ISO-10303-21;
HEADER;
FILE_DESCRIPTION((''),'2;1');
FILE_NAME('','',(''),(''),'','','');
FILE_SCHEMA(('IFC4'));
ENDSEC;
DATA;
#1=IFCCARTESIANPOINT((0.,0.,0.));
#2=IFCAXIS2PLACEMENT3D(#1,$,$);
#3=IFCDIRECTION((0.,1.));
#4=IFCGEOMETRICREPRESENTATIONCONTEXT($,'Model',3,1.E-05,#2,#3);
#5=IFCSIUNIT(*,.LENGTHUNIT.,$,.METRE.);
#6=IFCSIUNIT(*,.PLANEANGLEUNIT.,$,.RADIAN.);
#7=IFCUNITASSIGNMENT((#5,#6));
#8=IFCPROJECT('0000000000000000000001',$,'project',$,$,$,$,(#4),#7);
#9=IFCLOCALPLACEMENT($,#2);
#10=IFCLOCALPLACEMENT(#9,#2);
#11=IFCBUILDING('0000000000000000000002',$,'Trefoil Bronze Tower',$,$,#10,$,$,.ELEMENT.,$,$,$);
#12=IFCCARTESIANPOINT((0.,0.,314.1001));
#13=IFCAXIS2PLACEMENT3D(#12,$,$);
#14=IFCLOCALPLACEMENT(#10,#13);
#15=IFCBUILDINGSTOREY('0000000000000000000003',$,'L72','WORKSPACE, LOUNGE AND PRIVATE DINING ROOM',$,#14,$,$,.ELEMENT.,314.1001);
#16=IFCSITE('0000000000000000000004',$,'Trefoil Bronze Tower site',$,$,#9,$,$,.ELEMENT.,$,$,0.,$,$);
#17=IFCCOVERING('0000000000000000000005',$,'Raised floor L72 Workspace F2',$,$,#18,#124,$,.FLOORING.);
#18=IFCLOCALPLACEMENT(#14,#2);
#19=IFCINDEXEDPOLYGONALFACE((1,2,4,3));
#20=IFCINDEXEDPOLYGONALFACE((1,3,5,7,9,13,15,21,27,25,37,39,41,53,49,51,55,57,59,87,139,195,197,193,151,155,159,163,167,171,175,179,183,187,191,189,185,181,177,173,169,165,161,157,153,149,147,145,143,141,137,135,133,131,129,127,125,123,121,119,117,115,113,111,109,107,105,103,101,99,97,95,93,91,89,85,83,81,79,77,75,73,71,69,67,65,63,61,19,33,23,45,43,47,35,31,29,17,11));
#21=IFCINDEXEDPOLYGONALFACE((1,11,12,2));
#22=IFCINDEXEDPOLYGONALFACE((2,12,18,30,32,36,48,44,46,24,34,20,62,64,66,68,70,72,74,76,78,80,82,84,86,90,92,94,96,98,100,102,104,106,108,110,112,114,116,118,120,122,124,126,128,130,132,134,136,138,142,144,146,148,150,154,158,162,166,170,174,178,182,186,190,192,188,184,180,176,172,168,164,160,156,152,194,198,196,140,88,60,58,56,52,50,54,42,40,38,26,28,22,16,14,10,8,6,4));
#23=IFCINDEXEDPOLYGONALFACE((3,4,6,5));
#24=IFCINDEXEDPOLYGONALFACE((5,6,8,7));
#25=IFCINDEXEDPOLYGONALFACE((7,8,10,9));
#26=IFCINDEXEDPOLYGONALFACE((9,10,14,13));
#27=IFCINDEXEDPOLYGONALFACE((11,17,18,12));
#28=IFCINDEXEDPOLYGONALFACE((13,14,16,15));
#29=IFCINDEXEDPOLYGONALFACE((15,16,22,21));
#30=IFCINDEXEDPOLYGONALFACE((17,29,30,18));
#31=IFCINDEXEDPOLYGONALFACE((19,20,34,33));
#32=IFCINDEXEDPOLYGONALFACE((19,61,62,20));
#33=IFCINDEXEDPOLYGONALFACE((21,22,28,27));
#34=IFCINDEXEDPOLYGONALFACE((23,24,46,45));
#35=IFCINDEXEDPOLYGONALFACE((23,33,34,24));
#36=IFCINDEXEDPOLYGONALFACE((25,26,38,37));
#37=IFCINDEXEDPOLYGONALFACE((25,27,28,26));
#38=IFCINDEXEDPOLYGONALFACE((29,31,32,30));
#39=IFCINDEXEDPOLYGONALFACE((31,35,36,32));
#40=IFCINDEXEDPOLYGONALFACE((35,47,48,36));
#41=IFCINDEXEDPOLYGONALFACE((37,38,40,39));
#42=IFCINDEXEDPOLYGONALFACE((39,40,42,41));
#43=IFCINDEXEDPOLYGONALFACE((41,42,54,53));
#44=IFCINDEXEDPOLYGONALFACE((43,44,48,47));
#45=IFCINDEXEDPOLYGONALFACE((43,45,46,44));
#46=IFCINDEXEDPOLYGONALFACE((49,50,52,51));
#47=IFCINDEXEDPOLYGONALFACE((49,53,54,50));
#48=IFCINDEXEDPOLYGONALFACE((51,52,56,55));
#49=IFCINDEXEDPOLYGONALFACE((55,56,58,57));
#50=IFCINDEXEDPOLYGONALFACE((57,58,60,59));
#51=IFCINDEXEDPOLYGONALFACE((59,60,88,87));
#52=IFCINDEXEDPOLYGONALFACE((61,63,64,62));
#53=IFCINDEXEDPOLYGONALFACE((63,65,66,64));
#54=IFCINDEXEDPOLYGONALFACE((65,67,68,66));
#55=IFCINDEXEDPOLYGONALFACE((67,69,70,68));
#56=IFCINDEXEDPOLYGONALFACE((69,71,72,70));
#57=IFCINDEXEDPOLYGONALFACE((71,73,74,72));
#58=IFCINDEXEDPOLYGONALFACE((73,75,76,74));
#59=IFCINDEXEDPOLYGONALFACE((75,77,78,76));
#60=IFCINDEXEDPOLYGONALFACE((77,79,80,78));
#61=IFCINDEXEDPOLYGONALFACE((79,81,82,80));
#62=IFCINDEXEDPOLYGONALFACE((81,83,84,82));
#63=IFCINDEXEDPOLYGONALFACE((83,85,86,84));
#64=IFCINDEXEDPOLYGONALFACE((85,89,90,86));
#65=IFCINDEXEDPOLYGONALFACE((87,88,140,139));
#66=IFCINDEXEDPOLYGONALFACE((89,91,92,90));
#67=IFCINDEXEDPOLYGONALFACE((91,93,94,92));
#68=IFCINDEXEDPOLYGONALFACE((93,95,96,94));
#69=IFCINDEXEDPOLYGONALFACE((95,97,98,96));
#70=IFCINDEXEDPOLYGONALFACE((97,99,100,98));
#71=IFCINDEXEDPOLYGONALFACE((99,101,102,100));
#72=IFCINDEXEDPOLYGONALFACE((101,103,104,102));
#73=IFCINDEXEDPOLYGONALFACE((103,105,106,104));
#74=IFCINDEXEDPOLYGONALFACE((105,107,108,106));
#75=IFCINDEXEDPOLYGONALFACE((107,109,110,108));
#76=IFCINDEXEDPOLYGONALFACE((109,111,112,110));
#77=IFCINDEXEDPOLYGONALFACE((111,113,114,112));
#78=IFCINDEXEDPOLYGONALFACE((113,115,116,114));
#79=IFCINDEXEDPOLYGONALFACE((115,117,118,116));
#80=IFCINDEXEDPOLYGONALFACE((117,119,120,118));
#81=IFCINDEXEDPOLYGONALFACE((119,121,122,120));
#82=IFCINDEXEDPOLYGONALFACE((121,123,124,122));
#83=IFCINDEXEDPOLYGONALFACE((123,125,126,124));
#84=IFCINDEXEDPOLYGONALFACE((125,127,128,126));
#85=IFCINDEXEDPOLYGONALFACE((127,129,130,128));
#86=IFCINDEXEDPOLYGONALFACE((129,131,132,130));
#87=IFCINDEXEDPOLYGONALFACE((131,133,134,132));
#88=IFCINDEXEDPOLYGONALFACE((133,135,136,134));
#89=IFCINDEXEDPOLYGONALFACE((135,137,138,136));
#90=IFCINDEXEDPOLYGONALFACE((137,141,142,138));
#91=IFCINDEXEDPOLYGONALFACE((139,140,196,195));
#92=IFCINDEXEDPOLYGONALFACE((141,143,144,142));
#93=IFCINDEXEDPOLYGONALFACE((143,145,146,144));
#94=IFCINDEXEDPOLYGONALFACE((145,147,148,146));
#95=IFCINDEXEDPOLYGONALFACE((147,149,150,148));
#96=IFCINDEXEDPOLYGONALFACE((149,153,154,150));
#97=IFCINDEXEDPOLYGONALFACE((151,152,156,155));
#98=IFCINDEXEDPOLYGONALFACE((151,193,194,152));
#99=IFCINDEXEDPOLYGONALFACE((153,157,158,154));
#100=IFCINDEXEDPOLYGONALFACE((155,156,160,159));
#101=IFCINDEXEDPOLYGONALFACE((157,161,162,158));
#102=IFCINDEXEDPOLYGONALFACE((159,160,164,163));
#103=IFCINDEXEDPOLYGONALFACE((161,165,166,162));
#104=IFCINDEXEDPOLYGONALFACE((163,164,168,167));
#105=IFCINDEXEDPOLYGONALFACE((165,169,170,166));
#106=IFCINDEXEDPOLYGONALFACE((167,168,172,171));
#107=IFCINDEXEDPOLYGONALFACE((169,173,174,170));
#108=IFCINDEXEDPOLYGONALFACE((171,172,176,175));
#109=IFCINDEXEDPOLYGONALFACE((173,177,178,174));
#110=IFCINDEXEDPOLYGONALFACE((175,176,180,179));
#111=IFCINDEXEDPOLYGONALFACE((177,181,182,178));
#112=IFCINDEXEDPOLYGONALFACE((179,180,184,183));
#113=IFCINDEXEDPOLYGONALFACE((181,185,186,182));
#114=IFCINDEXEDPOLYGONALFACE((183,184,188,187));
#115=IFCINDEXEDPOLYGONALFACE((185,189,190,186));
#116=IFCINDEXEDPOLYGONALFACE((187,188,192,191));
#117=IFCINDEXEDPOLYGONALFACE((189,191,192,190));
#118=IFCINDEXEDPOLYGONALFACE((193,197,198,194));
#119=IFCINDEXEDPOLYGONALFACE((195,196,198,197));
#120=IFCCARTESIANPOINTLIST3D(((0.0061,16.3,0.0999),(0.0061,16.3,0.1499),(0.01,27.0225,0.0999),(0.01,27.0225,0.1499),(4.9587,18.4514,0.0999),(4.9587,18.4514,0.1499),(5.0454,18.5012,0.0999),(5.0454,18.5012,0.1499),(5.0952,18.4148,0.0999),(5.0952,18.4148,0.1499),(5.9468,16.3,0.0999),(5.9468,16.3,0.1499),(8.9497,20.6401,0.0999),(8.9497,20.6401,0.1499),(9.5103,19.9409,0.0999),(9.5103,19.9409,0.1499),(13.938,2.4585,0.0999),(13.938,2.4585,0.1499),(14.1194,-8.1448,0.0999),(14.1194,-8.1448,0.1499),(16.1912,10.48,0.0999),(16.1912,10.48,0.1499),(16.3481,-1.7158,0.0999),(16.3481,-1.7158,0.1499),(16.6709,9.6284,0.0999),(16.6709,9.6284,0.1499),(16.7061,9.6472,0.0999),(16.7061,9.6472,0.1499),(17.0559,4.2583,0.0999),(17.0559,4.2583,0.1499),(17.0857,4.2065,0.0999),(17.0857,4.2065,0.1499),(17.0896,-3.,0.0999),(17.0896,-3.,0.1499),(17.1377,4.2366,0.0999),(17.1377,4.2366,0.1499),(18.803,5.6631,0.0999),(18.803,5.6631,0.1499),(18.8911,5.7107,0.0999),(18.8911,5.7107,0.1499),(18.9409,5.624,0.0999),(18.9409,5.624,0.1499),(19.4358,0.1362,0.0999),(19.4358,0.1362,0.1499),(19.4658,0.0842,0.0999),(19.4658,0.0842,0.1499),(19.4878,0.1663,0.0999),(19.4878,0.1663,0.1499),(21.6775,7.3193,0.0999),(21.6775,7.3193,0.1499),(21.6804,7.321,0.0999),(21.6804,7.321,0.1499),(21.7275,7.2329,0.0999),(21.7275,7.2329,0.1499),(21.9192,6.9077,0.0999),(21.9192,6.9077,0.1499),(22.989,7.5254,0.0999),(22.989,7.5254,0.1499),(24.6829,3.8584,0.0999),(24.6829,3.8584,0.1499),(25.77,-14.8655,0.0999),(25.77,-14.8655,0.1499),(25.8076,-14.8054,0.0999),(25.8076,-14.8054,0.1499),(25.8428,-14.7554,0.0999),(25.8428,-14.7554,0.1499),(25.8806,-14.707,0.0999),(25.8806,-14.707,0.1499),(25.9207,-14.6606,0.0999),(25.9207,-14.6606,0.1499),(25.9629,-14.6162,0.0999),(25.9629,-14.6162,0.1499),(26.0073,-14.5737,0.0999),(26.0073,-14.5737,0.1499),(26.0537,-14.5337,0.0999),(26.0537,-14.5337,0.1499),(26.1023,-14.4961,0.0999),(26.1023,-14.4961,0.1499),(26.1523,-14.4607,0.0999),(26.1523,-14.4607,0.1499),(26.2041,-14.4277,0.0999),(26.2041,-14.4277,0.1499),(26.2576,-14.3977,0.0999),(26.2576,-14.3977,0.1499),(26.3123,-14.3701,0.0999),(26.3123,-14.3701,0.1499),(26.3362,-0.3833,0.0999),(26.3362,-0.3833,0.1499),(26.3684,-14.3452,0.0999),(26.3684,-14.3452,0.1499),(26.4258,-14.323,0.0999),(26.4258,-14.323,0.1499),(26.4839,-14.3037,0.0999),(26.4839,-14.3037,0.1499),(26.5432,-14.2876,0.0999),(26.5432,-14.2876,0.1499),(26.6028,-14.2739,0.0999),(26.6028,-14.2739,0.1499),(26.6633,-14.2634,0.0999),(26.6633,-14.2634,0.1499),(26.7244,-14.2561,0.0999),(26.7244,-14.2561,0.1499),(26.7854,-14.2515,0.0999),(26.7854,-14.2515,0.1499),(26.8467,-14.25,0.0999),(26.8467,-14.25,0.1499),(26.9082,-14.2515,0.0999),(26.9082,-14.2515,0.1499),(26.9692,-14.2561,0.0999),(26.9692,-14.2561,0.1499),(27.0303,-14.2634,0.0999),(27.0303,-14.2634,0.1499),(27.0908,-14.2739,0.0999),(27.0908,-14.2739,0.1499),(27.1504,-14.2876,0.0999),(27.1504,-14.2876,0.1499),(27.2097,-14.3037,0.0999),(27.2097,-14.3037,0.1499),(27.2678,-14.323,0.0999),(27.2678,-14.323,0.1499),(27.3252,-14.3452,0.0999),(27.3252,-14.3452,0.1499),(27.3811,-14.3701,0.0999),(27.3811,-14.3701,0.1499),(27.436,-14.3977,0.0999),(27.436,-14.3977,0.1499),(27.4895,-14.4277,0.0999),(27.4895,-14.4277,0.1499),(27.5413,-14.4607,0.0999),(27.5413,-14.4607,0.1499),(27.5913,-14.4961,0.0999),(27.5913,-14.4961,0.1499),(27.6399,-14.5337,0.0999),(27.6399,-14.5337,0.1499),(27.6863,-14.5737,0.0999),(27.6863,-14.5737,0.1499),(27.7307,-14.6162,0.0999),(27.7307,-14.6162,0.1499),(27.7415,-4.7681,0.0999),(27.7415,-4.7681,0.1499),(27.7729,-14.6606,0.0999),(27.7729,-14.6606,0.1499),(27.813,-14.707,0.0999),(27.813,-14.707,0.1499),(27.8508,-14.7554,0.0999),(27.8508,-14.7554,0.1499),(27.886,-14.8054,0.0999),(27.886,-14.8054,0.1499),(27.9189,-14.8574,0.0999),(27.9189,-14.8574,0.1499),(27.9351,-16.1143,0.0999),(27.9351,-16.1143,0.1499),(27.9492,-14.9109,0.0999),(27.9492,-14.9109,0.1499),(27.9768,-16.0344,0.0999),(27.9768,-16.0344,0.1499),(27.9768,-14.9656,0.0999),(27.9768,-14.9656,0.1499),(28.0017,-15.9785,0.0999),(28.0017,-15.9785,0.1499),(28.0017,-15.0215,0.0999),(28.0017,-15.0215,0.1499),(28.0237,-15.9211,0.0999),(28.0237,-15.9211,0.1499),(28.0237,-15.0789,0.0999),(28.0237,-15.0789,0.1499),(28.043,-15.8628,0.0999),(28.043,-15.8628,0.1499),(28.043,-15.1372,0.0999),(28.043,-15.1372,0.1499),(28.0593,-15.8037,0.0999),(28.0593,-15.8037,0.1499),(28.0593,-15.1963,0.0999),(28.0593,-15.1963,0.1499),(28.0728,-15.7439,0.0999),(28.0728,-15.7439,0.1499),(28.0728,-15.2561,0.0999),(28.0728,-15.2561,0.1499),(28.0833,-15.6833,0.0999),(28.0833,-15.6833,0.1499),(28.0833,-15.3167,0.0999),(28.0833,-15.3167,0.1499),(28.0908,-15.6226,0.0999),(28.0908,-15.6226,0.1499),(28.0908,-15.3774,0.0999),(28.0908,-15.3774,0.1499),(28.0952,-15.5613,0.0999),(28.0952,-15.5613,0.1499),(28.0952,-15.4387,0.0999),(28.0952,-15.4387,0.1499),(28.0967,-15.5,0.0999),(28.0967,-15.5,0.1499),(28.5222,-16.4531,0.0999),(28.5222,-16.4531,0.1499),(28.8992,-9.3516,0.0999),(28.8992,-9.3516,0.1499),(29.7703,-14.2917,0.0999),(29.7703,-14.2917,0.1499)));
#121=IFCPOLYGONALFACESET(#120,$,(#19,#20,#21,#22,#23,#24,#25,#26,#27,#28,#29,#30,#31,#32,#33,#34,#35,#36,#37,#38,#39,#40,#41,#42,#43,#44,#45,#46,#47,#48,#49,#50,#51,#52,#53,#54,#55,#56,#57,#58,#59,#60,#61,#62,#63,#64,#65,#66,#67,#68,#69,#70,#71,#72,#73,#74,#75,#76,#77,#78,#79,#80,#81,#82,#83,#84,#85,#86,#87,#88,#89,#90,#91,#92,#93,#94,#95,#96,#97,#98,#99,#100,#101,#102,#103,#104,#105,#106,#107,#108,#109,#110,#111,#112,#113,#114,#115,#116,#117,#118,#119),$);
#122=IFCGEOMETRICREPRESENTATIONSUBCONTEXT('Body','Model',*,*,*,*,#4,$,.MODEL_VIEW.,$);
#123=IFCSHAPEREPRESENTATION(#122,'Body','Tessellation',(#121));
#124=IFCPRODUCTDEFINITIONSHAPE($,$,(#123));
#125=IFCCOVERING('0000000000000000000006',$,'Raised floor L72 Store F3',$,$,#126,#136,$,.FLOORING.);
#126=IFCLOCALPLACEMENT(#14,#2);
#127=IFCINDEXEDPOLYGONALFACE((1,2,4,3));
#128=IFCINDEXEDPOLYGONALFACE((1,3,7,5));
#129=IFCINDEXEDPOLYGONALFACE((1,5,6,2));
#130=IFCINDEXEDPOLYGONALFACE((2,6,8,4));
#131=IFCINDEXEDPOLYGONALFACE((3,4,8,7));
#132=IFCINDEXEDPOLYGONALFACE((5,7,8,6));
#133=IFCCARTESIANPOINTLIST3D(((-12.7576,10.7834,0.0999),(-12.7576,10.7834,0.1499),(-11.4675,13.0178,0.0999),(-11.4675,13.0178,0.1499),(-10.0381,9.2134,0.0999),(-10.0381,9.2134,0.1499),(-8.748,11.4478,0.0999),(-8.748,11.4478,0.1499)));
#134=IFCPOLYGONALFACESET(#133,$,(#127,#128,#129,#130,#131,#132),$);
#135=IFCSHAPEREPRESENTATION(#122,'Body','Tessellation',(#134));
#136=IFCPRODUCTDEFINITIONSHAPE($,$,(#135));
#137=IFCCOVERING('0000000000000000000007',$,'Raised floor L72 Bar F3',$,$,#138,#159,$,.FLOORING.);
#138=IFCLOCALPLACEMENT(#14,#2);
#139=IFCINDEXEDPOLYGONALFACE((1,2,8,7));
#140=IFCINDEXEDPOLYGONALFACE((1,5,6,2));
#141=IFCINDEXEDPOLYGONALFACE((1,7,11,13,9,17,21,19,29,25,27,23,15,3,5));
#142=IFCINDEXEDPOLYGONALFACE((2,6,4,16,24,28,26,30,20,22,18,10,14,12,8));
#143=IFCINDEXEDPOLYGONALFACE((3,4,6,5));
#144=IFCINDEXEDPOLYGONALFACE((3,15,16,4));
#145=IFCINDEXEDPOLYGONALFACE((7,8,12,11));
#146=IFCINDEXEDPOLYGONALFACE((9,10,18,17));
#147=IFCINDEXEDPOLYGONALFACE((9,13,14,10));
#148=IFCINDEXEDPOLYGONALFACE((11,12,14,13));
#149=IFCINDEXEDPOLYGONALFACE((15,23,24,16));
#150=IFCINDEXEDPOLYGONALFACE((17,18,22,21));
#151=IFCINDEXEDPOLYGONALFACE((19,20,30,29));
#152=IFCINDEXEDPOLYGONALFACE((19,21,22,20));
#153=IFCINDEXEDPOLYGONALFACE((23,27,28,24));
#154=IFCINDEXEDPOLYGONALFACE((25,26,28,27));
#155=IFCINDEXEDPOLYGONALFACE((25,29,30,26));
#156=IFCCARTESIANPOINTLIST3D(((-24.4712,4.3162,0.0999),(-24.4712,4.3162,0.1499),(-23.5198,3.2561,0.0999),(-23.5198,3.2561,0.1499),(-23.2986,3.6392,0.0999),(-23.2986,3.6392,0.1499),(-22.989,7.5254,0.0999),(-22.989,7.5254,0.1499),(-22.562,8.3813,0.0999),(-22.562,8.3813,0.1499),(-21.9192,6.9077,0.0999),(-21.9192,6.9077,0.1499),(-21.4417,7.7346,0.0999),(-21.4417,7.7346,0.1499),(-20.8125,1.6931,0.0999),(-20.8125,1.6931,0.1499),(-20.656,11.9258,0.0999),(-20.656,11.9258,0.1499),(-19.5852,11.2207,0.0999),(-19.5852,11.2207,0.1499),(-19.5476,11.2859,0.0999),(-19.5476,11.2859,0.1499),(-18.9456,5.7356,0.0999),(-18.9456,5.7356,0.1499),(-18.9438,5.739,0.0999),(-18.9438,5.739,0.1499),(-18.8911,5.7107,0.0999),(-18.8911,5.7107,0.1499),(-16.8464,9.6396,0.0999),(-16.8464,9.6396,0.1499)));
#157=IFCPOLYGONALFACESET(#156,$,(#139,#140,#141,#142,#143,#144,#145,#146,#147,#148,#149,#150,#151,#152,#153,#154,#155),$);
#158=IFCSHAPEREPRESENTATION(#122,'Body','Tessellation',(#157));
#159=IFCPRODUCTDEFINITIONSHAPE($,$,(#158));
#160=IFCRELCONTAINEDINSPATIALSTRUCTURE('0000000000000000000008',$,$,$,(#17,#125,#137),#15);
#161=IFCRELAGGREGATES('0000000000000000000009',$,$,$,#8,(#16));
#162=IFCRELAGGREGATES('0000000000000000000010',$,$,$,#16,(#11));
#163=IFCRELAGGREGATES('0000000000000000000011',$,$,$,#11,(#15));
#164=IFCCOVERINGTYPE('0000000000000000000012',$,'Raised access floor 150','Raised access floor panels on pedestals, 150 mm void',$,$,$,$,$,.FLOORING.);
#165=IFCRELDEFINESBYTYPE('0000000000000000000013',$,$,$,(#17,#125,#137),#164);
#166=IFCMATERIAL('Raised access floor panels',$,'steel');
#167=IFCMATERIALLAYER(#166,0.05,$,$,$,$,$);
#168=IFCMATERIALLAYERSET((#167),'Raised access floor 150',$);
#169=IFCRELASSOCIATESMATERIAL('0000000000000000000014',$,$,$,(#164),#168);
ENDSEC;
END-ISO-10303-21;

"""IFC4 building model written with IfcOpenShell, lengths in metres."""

from ifc_helpers import new_model, si_unit, direction, frame, origin, place, context, subcontext, project, spatial, polyline, outline, extrude, material, layer, layer_set, type_object, element, save


model = new_model("IFC4")

# Units and contexts
model_context = context("Model", 3, precision=1e-05, world=origin(), true_north=direction((0.0, 1.0)))
body_context = subcontext(model_context, "Body", "Model", "MODEL_VIEW")
ifc_project = project(units=[si_unit("LENGTHUNIT", "METRE"), si_unit("PLANEANGLEUNIT", "RADIAN")], contexts=[model_context])

# Site, building, storey
site_placement = place(None, origin())
site = spatial("IfcSite", under=ifc_project, at=site_placement, Name="Trefoil Bronze Tower site", CompositionType="ELEMENT", RefElevation=0.0)
building_placement = place(site_placement, origin())
building = spatial("IfcBuilding", under=site, at=building_placement, Name="Trefoil Bronze Tower", CompositionType="ELEMENT")
storey_placement = place(building_placement, frame((0.0, 0.0, 314.1001)))
storey = spatial("IfcBuildingStorey", under=building, at=storey_placement, Name="L72", Description="WORKSPACE, LOUNGE AND PRIVATE DINING ROOM", CompositionType="ELEMENT", Elevation=314.1001)

# Coverings
ifc_material_1 = material(Name="Raised access floor panels", Category="steel")
ifc_layer_1 = layer(ifc_material_1, 0.05)
ifc_layer_set_1 = layer_set([ifc_layer_1], Name="Raised access floor 150")
covering_type_1 = type_object("IfcCoveringType", Name="Raised access floor 150", Description="Raised access floor panels on pedestals, 150 mm void", PredefinedType="FLOORING", material=ifc_layer_set_1)
covering_1_placement = place(storey_placement, frame((0.0, 0.0, 0.0999)))
element("IfcCovering", 1, at=covering_1_placement, inside=storey, type_object=covering_type_1, Name="Raised floor L72 Workspace F2", PredefinedType="FLOORING", context=body_context, shape_type="SweptSolid", body=[
    extrude(outline(polyline([(14.1194, -8.1448), (17.0896, -3.0), (16.3481, -1.7158), (19.4658, 0.0842), (19.4358, 0.1362), (19.4878, 0.1663), (17.1377, 4.2366), (17.0857, 4.2065), (17.0559, 4.2583), (13.938, 2.4585), (5.9468, 16.3), (0.0061, 16.3), (0.01, 27.0225), (4.9587, 18.4514), (5.0454, 18.5012), (5.0952, 18.4148), (8.9497, 20.6401), (9.5103, 19.9409), (16.1912, 10.48), (16.7061, 9.6472), (16.6709, 9.6284), (18.803, 5.6631), (18.8911, 5.7107), (18.9409, 5.624), (21.7275, 7.2329), (21.6775, 7.3193), (21.6804, 7.321), (21.9192, 6.9077), (22.989, 7.5254), (24.6829, 3.8584), (26.3362, -0.3833), (27.7415, -4.7681), (28.8992, -9.3516), (29.7703, -14.2917), (28.5222, -16.4531), (27.9351, -16.1143), (27.9768, -16.0344), (28.0017, -15.9785), (28.0237, -15.9211), (28.043, -15.8628), (28.0593, -15.8037), (28.0728, -15.7439), (28.0833, -15.6833), (28.0908, -15.6226), (28.0952, -15.5613), (28.0967, -15.5), (28.0952, -15.4387), (28.0908, -15.3774), (28.0833, -15.3167), (28.0728, -15.2561), (28.0593, -15.1963), (28.043, -15.1372), (28.0237, -15.0789), (28.0017, -15.0215), (27.9768, -14.9656), (27.9492, -14.9109), (27.9189, -14.8574), (27.886, -14.8054), (27.8508, -14.7554), (27.813, -14.707), (27.7729, -14.6606), (27.7307, -14.6162), (27.6863, -14.5737), (27.6399, -14.5337), (27.5913, -14.4961), (27.5413, -14.4607), (27.4895, -14.4277), (27.436, -14.3977), (27.3811, -14.3701), (27.3252, -14.3452), (27.2678, -14.323), (27.2097, -14.3037), (27.1504, -14.2876), (27.0908, -14.2739), (27.0303, -14.2634), (26.9692, -14.2561), (26.9082, -14.2515), (26.8467, -14.25), (26.7854, -14.2515), (26.7244, -14.2561), (26.6633, -14.2634), (26.6028, -14.2739), (26.5432, -14.2876), (26.4839, -14.3037), (26.4258, -14.323), (26.3684, -14.3452), (26.3123, -14.3701), (26.2576, -14.3977), (26.2041, -14.4277), (26.1523, -14.4607), (26.1023, -14.4961), (26.0537, -14.5337), (26.0073, -14.5737), (25.9629, -14.6162), (25.9207, -14.6606), (25.8806, -14.707), (25.8428, -14.7554), (25.8076, -14.8054), (25.77, -14.8655), (14.1194, -8.1448)])), origin(), (0.0, 0.0, 1.0), 0.05),
])
covering_2_placement = place(storey_placement, frame((0.0, 0.0, 0.0999)))
element("IfcCovering", 2, at=covering_2_placement, inside=storey, type_object=covering_type_1, Name="Raised floor L72 Store F3", PredefinedType="FLOORING", context=body_context, shape_type="SweptSolid", body=[
    extrude(outline(polyline([(-10.0381, 9.2134), (-12.7576, 10.7834), (-11.4675, 13.0178), (-8.748, 11.4478), (-10.0381, 9.2134)])), origin(), (0.0, 0.0, 1.0), 0.05),
])
covering_3_placement = place(storey_placement, frame((0.0, 0.0, 0.0999)))
element("IfcCovering", 3, at=covering_3_placement, inside=storey, type_object=covering_type_1, Name="Raised floor L72 Bar F3", PredefinedType="FLOORING", context=body_context, shape_type="SweptSolid", body=[
    extrude(outline(polyline([(-22.989, 7.5254), (-21.9192, 6.9077), (-21.4417, 7.7346), (-22.562, 8.3813), (-20.656, 11.9258), (-19.5476, 11.2859), (-19.5852, 11.2207), (-16.8464, 9.6396), (-18.9438, 5.739), (-18.8911, 5.7107), (-18.9456, 5.7356), (-20.8125, 1.6931), (-23.5198, 3.2561), (-23.2986, 3.6392), (-24.4712, 4.3162), (-22.989, 7.5254)])), origin(), (0.0, 0.0, 1.0), 0.05),
])

save(model, "model.ifc")
